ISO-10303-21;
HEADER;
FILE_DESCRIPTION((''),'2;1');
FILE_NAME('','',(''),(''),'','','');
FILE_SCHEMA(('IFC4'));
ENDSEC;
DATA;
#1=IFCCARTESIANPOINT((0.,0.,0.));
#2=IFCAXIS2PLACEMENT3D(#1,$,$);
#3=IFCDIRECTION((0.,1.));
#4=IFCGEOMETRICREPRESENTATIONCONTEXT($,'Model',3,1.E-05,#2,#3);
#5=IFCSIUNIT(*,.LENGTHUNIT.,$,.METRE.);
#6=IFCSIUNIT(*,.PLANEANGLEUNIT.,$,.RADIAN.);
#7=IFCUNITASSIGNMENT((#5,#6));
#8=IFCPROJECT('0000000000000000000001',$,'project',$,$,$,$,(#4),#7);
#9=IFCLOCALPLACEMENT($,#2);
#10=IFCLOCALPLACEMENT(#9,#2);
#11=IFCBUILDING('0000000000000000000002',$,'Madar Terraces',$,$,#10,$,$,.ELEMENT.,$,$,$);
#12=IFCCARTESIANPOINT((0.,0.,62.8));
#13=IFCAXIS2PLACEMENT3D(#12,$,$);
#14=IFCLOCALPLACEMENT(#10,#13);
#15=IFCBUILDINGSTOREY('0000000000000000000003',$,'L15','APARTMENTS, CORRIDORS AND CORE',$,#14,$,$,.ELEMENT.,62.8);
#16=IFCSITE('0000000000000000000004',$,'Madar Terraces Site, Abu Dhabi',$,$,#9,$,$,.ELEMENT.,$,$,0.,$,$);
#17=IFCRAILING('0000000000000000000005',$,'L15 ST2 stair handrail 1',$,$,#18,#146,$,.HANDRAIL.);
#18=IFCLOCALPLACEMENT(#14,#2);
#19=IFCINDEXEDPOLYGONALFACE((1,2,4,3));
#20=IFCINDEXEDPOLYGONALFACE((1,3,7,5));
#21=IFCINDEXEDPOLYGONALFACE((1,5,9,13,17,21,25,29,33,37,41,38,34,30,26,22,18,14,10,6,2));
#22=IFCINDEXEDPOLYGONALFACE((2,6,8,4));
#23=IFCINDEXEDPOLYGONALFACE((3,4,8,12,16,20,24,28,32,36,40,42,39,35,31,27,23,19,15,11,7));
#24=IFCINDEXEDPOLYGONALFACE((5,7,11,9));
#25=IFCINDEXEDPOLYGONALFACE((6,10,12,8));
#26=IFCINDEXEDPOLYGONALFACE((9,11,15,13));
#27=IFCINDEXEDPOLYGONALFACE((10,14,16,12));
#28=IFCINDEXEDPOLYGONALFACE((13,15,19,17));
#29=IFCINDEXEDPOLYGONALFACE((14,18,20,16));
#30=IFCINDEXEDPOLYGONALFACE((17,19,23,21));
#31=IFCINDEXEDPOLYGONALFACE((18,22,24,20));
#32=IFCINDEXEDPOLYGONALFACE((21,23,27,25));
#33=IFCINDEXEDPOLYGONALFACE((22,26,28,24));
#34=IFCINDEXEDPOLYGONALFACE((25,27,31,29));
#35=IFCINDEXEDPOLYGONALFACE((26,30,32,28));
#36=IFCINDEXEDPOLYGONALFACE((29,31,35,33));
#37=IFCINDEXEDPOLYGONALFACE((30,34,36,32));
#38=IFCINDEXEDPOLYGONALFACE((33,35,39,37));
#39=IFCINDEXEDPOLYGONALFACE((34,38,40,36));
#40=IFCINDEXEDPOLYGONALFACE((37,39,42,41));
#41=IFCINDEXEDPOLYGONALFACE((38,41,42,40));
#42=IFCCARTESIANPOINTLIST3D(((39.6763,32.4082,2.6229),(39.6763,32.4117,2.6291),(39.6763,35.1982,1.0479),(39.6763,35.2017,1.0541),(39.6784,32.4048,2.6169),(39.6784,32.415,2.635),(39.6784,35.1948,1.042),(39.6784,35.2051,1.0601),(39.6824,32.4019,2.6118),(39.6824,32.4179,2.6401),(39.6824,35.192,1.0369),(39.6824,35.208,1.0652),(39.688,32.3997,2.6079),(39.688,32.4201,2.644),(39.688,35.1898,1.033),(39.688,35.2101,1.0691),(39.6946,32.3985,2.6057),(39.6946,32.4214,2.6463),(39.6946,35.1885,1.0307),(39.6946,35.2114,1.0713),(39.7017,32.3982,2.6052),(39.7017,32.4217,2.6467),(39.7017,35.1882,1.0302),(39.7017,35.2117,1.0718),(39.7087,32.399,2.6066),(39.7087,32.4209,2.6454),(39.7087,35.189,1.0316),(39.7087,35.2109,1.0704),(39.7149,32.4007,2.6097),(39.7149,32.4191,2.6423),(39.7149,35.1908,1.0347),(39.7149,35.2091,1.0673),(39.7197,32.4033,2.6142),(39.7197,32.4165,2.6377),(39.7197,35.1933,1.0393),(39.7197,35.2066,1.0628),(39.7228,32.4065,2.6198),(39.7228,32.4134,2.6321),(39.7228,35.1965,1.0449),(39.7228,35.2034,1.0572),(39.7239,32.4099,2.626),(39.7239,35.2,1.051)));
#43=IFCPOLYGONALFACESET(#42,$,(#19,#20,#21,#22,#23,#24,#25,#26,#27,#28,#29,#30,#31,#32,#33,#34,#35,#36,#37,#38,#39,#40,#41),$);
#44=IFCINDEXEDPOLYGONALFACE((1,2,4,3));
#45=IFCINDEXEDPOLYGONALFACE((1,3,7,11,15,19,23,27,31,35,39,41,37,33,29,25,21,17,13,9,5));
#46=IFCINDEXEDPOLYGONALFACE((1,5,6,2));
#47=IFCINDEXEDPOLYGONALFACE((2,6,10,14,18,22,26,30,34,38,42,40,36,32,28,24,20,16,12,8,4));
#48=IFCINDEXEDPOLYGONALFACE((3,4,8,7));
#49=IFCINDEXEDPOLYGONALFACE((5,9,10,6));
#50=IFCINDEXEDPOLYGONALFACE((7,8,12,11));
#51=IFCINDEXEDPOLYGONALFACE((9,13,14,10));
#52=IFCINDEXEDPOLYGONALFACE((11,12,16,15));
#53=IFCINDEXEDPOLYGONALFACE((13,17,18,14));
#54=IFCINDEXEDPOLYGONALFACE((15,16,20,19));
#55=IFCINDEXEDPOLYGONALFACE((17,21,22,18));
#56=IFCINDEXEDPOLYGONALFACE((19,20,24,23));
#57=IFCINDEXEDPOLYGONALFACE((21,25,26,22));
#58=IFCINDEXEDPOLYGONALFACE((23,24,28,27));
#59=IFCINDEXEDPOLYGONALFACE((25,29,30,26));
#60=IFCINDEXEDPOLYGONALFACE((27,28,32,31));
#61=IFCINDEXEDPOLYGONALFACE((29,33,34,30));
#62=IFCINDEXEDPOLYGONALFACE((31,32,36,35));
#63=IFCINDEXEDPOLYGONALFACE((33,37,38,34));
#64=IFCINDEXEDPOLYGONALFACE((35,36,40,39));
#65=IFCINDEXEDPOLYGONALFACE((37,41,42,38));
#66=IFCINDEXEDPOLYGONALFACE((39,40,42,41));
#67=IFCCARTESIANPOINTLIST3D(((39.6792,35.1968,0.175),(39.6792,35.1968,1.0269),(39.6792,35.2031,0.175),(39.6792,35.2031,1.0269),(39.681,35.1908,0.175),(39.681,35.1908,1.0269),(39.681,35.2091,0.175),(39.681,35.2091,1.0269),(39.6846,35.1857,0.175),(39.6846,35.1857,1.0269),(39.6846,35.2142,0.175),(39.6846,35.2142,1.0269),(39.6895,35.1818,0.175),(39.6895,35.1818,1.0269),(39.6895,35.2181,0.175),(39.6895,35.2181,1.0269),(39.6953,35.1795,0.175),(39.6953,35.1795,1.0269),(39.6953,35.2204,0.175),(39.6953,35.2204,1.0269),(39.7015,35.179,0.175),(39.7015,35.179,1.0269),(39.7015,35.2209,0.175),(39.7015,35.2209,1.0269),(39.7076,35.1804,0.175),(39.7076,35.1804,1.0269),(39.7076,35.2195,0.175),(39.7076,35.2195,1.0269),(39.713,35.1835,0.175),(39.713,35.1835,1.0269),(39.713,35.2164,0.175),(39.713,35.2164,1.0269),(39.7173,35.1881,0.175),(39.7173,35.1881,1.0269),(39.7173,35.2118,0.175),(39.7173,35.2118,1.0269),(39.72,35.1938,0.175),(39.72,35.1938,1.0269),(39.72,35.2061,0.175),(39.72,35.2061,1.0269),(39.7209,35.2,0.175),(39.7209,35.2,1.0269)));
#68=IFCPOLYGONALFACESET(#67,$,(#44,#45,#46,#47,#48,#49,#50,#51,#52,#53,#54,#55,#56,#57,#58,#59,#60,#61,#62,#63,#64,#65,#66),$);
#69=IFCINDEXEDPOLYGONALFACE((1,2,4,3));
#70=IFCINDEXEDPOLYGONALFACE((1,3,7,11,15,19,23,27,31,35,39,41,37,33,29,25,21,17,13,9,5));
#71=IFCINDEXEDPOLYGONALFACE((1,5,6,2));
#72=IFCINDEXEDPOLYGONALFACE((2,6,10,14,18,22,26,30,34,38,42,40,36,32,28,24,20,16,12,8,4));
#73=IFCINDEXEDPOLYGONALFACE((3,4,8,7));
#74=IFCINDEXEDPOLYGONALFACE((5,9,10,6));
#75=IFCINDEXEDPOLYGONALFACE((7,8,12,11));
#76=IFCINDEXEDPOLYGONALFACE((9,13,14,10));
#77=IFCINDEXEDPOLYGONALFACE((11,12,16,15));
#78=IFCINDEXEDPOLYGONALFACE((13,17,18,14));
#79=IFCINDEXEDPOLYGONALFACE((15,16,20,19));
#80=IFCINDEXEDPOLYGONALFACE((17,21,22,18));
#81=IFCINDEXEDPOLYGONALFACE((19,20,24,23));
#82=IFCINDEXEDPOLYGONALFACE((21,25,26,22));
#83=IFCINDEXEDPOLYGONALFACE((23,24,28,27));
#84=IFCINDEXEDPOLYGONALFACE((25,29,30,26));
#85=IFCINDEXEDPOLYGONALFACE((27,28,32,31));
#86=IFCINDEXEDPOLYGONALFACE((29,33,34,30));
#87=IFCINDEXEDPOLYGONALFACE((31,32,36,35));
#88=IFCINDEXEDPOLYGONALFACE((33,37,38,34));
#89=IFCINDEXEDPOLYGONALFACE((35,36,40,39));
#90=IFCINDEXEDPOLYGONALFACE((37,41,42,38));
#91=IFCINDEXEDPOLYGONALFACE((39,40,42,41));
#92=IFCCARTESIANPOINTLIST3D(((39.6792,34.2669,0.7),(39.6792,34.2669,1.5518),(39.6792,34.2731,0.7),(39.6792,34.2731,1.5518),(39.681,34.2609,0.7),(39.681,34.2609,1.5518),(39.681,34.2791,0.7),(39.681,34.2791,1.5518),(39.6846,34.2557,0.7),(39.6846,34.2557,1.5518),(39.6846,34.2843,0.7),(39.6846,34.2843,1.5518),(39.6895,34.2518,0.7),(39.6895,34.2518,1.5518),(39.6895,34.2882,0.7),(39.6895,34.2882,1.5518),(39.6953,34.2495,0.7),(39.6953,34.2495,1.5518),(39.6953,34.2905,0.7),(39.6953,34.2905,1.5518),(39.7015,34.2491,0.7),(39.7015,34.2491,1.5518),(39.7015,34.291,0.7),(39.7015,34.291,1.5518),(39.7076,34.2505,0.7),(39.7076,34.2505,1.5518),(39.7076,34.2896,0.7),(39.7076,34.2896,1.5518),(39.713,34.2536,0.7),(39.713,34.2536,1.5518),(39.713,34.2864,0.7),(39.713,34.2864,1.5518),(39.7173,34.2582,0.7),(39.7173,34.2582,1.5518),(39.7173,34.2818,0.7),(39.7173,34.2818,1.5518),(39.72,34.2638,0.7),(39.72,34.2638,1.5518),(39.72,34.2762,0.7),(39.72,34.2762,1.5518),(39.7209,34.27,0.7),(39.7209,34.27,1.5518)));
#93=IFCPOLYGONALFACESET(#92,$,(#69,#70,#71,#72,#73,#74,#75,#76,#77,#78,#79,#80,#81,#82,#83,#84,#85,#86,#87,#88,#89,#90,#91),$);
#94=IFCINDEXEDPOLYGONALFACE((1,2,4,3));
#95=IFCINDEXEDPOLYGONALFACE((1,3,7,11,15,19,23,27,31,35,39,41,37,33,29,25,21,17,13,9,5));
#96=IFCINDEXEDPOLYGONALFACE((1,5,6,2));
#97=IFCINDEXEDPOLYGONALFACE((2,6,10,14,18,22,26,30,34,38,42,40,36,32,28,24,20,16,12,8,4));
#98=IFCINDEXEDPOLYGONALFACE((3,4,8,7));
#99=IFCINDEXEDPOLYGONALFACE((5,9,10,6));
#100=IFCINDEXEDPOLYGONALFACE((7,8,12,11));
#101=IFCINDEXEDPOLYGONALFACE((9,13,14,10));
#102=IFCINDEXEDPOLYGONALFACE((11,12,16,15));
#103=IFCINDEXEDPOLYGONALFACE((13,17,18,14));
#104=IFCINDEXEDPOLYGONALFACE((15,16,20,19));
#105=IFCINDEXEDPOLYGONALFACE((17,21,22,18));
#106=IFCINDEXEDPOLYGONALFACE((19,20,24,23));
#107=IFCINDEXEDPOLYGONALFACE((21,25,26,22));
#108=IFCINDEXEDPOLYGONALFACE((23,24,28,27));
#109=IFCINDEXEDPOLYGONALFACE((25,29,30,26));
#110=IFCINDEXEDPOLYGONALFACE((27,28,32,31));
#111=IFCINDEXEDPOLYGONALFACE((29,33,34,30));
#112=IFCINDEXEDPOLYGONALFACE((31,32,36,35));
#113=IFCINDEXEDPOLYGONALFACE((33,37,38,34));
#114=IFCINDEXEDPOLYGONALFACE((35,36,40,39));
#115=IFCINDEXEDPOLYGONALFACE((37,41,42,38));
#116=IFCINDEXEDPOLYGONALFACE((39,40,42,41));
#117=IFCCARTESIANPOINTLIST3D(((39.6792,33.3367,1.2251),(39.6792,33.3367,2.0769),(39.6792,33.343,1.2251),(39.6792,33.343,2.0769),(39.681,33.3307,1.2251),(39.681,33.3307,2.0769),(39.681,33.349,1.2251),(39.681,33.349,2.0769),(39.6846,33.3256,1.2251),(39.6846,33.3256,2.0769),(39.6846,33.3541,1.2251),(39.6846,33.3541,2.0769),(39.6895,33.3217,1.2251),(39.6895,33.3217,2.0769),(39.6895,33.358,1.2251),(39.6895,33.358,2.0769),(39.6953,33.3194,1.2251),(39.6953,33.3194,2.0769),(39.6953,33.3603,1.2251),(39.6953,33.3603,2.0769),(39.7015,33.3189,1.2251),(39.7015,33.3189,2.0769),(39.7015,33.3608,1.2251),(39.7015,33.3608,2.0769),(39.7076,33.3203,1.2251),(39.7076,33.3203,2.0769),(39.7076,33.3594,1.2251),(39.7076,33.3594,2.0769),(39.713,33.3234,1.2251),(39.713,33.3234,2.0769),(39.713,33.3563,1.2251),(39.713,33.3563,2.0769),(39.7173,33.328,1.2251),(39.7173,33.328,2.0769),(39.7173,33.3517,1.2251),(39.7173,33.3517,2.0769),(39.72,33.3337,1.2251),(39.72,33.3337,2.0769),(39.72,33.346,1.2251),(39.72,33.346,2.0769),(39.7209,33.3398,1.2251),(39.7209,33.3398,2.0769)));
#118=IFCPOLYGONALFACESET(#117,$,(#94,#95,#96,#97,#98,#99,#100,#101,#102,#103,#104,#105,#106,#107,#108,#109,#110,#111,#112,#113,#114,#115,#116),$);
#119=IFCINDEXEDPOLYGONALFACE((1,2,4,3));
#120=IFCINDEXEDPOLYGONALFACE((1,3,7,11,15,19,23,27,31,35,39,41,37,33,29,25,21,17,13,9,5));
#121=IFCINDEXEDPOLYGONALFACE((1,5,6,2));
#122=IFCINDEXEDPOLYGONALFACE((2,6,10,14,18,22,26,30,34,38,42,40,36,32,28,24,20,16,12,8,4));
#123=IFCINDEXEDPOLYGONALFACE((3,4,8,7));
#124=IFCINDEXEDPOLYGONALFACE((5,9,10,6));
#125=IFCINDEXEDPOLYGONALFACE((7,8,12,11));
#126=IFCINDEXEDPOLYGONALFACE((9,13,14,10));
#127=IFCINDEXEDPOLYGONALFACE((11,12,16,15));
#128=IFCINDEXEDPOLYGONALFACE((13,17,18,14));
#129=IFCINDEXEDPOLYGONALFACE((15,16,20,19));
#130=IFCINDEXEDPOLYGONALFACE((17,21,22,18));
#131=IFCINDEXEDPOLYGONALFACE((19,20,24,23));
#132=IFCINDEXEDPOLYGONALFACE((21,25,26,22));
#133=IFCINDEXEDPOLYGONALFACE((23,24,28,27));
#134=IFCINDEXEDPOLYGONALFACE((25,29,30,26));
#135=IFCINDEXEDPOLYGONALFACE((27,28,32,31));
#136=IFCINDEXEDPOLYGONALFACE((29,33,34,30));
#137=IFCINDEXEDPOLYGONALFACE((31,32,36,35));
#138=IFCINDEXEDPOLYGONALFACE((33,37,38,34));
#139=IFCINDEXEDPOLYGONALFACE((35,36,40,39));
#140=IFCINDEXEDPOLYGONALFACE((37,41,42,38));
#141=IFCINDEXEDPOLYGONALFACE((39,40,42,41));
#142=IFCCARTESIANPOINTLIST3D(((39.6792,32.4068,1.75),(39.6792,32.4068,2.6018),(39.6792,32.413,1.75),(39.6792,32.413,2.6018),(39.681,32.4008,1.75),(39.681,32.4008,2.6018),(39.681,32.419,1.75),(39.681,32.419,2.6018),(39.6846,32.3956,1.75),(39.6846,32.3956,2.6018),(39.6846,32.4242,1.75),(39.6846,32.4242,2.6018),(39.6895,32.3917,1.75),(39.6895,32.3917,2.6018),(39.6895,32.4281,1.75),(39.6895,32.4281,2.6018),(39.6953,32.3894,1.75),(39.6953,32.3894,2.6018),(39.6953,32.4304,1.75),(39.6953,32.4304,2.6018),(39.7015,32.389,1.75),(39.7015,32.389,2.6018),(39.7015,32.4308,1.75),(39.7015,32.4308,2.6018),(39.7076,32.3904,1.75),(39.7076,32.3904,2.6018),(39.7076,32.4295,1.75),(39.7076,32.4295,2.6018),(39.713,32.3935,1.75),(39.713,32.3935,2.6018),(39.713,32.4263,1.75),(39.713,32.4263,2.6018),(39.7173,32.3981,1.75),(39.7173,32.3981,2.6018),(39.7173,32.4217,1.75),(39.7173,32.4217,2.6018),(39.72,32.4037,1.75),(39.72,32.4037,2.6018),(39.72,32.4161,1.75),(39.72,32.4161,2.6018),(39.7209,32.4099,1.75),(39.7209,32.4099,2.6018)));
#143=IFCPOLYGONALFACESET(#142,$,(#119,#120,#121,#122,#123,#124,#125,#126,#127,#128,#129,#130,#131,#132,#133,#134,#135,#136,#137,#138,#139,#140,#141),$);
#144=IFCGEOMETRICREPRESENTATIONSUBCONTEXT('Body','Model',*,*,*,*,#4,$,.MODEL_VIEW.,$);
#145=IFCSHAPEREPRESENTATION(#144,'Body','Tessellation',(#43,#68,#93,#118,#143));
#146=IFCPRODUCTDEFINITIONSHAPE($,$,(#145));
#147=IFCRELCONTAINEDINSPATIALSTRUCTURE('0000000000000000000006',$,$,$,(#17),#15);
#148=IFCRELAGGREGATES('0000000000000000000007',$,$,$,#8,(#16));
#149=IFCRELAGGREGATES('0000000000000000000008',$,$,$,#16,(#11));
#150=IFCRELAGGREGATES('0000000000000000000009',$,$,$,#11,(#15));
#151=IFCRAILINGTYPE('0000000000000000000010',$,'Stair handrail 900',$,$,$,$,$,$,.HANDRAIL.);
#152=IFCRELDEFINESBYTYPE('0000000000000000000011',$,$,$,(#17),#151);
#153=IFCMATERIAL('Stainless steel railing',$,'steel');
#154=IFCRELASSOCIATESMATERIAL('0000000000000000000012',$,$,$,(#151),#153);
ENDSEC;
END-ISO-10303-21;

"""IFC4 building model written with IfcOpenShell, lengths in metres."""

from ifc_helpers import new_model, si_unit, direction, frame, origin, origin_2d, place, context, subcontext, project, spatial, circle, extrude, material, type_object, element, save


model = new_model("IFC4")

# Units and contexts
model_context = context("Model", 3, precision=1e-05, world=origin(), true_north=direction((0.0, 1.0)))
body_context = subcontext(model_context, "Body", "Model", "MODEL_VIEW")
ifc_project = project(units=[si_unit("LENGTHUNIT", "METRE"), si_unit("PLANEANGLEUNIT", "RADIAN")], contexts=[model_context])

# Site, building, storey
site_placement = place(None, origin())
site = spatial("IfcSite", under=ifc_project, at=site_placement, Name="Madar Terraces Site, Abu Dhabi", CompositionType="ELEMENT", RefElevation=0.0)
building_placement = place(site_placement, origin())
building = spatial("IfcBuilding", under=site, at=building_placement, Name="Madar Terraces", CompositionType="ELEMENT")
storey_placement = place(building_placement, frame((0.0, 0.0, 62.8)))
storey = spatial("IfcBuildingStorey", under=building, at=storey_placement, Name="L15", Description="APARTMENTS, CORRIDORS AND CORE", CompositionType="ELEMENT", Elevation=62.8)

# Railing
ifc_material_1 = material(Name="Stainless steel railing", Category="steel")
railing_type_1 = type_object("IfcRailingType", Name="Stair handrail 900", PredefinedType="HANDRAIL", material=ifc_material_1)
railing_1_placement = place(storey_placement, frame((39.7, 35.2, 0.175)))
element("IfcRailing", 1, at=railing_1_placement, inside=storey, type_object=railing_type_1, Name="L15 ST2 stair handrail 1", PredefinedType="HANDRAIL", context=body_context, shape_type="SweptSolid", body=[
    extrude(circle(Radius=0.0239, at=origin_2d()), frame((0.0, 0.0, 0.876), z_axis=(0.0, -0.870834, 0.491578), x_axis=(1.0, 0.0, 0.0)), (0.0, 0.0, 1.0), 3.2039),
    extrude(circle(Radius=0.021, at=origin_2d()), origin(), (0.0, 0.0, 1.0), 0.8518),
    extrude(circle(Radius=0.021, at=origin_2d()), frame((0.0, -0.9299, 0.5249)), (0.0, 0.0, 1.0), 0.8518),
    extrude(circle(Radius=0.021, at=origin_2d()), frame((0.0, -1.8601, 1.05)), (0.0, 0.0, 1.0), 0.8518),
    extrude(circle(Radius=0.021, at=origin_2d()), frame((0.0, -2.79, 1.575)), (0.0, 0.0, 1.0), 0.8518),
])

save(model, "model.ifc")
